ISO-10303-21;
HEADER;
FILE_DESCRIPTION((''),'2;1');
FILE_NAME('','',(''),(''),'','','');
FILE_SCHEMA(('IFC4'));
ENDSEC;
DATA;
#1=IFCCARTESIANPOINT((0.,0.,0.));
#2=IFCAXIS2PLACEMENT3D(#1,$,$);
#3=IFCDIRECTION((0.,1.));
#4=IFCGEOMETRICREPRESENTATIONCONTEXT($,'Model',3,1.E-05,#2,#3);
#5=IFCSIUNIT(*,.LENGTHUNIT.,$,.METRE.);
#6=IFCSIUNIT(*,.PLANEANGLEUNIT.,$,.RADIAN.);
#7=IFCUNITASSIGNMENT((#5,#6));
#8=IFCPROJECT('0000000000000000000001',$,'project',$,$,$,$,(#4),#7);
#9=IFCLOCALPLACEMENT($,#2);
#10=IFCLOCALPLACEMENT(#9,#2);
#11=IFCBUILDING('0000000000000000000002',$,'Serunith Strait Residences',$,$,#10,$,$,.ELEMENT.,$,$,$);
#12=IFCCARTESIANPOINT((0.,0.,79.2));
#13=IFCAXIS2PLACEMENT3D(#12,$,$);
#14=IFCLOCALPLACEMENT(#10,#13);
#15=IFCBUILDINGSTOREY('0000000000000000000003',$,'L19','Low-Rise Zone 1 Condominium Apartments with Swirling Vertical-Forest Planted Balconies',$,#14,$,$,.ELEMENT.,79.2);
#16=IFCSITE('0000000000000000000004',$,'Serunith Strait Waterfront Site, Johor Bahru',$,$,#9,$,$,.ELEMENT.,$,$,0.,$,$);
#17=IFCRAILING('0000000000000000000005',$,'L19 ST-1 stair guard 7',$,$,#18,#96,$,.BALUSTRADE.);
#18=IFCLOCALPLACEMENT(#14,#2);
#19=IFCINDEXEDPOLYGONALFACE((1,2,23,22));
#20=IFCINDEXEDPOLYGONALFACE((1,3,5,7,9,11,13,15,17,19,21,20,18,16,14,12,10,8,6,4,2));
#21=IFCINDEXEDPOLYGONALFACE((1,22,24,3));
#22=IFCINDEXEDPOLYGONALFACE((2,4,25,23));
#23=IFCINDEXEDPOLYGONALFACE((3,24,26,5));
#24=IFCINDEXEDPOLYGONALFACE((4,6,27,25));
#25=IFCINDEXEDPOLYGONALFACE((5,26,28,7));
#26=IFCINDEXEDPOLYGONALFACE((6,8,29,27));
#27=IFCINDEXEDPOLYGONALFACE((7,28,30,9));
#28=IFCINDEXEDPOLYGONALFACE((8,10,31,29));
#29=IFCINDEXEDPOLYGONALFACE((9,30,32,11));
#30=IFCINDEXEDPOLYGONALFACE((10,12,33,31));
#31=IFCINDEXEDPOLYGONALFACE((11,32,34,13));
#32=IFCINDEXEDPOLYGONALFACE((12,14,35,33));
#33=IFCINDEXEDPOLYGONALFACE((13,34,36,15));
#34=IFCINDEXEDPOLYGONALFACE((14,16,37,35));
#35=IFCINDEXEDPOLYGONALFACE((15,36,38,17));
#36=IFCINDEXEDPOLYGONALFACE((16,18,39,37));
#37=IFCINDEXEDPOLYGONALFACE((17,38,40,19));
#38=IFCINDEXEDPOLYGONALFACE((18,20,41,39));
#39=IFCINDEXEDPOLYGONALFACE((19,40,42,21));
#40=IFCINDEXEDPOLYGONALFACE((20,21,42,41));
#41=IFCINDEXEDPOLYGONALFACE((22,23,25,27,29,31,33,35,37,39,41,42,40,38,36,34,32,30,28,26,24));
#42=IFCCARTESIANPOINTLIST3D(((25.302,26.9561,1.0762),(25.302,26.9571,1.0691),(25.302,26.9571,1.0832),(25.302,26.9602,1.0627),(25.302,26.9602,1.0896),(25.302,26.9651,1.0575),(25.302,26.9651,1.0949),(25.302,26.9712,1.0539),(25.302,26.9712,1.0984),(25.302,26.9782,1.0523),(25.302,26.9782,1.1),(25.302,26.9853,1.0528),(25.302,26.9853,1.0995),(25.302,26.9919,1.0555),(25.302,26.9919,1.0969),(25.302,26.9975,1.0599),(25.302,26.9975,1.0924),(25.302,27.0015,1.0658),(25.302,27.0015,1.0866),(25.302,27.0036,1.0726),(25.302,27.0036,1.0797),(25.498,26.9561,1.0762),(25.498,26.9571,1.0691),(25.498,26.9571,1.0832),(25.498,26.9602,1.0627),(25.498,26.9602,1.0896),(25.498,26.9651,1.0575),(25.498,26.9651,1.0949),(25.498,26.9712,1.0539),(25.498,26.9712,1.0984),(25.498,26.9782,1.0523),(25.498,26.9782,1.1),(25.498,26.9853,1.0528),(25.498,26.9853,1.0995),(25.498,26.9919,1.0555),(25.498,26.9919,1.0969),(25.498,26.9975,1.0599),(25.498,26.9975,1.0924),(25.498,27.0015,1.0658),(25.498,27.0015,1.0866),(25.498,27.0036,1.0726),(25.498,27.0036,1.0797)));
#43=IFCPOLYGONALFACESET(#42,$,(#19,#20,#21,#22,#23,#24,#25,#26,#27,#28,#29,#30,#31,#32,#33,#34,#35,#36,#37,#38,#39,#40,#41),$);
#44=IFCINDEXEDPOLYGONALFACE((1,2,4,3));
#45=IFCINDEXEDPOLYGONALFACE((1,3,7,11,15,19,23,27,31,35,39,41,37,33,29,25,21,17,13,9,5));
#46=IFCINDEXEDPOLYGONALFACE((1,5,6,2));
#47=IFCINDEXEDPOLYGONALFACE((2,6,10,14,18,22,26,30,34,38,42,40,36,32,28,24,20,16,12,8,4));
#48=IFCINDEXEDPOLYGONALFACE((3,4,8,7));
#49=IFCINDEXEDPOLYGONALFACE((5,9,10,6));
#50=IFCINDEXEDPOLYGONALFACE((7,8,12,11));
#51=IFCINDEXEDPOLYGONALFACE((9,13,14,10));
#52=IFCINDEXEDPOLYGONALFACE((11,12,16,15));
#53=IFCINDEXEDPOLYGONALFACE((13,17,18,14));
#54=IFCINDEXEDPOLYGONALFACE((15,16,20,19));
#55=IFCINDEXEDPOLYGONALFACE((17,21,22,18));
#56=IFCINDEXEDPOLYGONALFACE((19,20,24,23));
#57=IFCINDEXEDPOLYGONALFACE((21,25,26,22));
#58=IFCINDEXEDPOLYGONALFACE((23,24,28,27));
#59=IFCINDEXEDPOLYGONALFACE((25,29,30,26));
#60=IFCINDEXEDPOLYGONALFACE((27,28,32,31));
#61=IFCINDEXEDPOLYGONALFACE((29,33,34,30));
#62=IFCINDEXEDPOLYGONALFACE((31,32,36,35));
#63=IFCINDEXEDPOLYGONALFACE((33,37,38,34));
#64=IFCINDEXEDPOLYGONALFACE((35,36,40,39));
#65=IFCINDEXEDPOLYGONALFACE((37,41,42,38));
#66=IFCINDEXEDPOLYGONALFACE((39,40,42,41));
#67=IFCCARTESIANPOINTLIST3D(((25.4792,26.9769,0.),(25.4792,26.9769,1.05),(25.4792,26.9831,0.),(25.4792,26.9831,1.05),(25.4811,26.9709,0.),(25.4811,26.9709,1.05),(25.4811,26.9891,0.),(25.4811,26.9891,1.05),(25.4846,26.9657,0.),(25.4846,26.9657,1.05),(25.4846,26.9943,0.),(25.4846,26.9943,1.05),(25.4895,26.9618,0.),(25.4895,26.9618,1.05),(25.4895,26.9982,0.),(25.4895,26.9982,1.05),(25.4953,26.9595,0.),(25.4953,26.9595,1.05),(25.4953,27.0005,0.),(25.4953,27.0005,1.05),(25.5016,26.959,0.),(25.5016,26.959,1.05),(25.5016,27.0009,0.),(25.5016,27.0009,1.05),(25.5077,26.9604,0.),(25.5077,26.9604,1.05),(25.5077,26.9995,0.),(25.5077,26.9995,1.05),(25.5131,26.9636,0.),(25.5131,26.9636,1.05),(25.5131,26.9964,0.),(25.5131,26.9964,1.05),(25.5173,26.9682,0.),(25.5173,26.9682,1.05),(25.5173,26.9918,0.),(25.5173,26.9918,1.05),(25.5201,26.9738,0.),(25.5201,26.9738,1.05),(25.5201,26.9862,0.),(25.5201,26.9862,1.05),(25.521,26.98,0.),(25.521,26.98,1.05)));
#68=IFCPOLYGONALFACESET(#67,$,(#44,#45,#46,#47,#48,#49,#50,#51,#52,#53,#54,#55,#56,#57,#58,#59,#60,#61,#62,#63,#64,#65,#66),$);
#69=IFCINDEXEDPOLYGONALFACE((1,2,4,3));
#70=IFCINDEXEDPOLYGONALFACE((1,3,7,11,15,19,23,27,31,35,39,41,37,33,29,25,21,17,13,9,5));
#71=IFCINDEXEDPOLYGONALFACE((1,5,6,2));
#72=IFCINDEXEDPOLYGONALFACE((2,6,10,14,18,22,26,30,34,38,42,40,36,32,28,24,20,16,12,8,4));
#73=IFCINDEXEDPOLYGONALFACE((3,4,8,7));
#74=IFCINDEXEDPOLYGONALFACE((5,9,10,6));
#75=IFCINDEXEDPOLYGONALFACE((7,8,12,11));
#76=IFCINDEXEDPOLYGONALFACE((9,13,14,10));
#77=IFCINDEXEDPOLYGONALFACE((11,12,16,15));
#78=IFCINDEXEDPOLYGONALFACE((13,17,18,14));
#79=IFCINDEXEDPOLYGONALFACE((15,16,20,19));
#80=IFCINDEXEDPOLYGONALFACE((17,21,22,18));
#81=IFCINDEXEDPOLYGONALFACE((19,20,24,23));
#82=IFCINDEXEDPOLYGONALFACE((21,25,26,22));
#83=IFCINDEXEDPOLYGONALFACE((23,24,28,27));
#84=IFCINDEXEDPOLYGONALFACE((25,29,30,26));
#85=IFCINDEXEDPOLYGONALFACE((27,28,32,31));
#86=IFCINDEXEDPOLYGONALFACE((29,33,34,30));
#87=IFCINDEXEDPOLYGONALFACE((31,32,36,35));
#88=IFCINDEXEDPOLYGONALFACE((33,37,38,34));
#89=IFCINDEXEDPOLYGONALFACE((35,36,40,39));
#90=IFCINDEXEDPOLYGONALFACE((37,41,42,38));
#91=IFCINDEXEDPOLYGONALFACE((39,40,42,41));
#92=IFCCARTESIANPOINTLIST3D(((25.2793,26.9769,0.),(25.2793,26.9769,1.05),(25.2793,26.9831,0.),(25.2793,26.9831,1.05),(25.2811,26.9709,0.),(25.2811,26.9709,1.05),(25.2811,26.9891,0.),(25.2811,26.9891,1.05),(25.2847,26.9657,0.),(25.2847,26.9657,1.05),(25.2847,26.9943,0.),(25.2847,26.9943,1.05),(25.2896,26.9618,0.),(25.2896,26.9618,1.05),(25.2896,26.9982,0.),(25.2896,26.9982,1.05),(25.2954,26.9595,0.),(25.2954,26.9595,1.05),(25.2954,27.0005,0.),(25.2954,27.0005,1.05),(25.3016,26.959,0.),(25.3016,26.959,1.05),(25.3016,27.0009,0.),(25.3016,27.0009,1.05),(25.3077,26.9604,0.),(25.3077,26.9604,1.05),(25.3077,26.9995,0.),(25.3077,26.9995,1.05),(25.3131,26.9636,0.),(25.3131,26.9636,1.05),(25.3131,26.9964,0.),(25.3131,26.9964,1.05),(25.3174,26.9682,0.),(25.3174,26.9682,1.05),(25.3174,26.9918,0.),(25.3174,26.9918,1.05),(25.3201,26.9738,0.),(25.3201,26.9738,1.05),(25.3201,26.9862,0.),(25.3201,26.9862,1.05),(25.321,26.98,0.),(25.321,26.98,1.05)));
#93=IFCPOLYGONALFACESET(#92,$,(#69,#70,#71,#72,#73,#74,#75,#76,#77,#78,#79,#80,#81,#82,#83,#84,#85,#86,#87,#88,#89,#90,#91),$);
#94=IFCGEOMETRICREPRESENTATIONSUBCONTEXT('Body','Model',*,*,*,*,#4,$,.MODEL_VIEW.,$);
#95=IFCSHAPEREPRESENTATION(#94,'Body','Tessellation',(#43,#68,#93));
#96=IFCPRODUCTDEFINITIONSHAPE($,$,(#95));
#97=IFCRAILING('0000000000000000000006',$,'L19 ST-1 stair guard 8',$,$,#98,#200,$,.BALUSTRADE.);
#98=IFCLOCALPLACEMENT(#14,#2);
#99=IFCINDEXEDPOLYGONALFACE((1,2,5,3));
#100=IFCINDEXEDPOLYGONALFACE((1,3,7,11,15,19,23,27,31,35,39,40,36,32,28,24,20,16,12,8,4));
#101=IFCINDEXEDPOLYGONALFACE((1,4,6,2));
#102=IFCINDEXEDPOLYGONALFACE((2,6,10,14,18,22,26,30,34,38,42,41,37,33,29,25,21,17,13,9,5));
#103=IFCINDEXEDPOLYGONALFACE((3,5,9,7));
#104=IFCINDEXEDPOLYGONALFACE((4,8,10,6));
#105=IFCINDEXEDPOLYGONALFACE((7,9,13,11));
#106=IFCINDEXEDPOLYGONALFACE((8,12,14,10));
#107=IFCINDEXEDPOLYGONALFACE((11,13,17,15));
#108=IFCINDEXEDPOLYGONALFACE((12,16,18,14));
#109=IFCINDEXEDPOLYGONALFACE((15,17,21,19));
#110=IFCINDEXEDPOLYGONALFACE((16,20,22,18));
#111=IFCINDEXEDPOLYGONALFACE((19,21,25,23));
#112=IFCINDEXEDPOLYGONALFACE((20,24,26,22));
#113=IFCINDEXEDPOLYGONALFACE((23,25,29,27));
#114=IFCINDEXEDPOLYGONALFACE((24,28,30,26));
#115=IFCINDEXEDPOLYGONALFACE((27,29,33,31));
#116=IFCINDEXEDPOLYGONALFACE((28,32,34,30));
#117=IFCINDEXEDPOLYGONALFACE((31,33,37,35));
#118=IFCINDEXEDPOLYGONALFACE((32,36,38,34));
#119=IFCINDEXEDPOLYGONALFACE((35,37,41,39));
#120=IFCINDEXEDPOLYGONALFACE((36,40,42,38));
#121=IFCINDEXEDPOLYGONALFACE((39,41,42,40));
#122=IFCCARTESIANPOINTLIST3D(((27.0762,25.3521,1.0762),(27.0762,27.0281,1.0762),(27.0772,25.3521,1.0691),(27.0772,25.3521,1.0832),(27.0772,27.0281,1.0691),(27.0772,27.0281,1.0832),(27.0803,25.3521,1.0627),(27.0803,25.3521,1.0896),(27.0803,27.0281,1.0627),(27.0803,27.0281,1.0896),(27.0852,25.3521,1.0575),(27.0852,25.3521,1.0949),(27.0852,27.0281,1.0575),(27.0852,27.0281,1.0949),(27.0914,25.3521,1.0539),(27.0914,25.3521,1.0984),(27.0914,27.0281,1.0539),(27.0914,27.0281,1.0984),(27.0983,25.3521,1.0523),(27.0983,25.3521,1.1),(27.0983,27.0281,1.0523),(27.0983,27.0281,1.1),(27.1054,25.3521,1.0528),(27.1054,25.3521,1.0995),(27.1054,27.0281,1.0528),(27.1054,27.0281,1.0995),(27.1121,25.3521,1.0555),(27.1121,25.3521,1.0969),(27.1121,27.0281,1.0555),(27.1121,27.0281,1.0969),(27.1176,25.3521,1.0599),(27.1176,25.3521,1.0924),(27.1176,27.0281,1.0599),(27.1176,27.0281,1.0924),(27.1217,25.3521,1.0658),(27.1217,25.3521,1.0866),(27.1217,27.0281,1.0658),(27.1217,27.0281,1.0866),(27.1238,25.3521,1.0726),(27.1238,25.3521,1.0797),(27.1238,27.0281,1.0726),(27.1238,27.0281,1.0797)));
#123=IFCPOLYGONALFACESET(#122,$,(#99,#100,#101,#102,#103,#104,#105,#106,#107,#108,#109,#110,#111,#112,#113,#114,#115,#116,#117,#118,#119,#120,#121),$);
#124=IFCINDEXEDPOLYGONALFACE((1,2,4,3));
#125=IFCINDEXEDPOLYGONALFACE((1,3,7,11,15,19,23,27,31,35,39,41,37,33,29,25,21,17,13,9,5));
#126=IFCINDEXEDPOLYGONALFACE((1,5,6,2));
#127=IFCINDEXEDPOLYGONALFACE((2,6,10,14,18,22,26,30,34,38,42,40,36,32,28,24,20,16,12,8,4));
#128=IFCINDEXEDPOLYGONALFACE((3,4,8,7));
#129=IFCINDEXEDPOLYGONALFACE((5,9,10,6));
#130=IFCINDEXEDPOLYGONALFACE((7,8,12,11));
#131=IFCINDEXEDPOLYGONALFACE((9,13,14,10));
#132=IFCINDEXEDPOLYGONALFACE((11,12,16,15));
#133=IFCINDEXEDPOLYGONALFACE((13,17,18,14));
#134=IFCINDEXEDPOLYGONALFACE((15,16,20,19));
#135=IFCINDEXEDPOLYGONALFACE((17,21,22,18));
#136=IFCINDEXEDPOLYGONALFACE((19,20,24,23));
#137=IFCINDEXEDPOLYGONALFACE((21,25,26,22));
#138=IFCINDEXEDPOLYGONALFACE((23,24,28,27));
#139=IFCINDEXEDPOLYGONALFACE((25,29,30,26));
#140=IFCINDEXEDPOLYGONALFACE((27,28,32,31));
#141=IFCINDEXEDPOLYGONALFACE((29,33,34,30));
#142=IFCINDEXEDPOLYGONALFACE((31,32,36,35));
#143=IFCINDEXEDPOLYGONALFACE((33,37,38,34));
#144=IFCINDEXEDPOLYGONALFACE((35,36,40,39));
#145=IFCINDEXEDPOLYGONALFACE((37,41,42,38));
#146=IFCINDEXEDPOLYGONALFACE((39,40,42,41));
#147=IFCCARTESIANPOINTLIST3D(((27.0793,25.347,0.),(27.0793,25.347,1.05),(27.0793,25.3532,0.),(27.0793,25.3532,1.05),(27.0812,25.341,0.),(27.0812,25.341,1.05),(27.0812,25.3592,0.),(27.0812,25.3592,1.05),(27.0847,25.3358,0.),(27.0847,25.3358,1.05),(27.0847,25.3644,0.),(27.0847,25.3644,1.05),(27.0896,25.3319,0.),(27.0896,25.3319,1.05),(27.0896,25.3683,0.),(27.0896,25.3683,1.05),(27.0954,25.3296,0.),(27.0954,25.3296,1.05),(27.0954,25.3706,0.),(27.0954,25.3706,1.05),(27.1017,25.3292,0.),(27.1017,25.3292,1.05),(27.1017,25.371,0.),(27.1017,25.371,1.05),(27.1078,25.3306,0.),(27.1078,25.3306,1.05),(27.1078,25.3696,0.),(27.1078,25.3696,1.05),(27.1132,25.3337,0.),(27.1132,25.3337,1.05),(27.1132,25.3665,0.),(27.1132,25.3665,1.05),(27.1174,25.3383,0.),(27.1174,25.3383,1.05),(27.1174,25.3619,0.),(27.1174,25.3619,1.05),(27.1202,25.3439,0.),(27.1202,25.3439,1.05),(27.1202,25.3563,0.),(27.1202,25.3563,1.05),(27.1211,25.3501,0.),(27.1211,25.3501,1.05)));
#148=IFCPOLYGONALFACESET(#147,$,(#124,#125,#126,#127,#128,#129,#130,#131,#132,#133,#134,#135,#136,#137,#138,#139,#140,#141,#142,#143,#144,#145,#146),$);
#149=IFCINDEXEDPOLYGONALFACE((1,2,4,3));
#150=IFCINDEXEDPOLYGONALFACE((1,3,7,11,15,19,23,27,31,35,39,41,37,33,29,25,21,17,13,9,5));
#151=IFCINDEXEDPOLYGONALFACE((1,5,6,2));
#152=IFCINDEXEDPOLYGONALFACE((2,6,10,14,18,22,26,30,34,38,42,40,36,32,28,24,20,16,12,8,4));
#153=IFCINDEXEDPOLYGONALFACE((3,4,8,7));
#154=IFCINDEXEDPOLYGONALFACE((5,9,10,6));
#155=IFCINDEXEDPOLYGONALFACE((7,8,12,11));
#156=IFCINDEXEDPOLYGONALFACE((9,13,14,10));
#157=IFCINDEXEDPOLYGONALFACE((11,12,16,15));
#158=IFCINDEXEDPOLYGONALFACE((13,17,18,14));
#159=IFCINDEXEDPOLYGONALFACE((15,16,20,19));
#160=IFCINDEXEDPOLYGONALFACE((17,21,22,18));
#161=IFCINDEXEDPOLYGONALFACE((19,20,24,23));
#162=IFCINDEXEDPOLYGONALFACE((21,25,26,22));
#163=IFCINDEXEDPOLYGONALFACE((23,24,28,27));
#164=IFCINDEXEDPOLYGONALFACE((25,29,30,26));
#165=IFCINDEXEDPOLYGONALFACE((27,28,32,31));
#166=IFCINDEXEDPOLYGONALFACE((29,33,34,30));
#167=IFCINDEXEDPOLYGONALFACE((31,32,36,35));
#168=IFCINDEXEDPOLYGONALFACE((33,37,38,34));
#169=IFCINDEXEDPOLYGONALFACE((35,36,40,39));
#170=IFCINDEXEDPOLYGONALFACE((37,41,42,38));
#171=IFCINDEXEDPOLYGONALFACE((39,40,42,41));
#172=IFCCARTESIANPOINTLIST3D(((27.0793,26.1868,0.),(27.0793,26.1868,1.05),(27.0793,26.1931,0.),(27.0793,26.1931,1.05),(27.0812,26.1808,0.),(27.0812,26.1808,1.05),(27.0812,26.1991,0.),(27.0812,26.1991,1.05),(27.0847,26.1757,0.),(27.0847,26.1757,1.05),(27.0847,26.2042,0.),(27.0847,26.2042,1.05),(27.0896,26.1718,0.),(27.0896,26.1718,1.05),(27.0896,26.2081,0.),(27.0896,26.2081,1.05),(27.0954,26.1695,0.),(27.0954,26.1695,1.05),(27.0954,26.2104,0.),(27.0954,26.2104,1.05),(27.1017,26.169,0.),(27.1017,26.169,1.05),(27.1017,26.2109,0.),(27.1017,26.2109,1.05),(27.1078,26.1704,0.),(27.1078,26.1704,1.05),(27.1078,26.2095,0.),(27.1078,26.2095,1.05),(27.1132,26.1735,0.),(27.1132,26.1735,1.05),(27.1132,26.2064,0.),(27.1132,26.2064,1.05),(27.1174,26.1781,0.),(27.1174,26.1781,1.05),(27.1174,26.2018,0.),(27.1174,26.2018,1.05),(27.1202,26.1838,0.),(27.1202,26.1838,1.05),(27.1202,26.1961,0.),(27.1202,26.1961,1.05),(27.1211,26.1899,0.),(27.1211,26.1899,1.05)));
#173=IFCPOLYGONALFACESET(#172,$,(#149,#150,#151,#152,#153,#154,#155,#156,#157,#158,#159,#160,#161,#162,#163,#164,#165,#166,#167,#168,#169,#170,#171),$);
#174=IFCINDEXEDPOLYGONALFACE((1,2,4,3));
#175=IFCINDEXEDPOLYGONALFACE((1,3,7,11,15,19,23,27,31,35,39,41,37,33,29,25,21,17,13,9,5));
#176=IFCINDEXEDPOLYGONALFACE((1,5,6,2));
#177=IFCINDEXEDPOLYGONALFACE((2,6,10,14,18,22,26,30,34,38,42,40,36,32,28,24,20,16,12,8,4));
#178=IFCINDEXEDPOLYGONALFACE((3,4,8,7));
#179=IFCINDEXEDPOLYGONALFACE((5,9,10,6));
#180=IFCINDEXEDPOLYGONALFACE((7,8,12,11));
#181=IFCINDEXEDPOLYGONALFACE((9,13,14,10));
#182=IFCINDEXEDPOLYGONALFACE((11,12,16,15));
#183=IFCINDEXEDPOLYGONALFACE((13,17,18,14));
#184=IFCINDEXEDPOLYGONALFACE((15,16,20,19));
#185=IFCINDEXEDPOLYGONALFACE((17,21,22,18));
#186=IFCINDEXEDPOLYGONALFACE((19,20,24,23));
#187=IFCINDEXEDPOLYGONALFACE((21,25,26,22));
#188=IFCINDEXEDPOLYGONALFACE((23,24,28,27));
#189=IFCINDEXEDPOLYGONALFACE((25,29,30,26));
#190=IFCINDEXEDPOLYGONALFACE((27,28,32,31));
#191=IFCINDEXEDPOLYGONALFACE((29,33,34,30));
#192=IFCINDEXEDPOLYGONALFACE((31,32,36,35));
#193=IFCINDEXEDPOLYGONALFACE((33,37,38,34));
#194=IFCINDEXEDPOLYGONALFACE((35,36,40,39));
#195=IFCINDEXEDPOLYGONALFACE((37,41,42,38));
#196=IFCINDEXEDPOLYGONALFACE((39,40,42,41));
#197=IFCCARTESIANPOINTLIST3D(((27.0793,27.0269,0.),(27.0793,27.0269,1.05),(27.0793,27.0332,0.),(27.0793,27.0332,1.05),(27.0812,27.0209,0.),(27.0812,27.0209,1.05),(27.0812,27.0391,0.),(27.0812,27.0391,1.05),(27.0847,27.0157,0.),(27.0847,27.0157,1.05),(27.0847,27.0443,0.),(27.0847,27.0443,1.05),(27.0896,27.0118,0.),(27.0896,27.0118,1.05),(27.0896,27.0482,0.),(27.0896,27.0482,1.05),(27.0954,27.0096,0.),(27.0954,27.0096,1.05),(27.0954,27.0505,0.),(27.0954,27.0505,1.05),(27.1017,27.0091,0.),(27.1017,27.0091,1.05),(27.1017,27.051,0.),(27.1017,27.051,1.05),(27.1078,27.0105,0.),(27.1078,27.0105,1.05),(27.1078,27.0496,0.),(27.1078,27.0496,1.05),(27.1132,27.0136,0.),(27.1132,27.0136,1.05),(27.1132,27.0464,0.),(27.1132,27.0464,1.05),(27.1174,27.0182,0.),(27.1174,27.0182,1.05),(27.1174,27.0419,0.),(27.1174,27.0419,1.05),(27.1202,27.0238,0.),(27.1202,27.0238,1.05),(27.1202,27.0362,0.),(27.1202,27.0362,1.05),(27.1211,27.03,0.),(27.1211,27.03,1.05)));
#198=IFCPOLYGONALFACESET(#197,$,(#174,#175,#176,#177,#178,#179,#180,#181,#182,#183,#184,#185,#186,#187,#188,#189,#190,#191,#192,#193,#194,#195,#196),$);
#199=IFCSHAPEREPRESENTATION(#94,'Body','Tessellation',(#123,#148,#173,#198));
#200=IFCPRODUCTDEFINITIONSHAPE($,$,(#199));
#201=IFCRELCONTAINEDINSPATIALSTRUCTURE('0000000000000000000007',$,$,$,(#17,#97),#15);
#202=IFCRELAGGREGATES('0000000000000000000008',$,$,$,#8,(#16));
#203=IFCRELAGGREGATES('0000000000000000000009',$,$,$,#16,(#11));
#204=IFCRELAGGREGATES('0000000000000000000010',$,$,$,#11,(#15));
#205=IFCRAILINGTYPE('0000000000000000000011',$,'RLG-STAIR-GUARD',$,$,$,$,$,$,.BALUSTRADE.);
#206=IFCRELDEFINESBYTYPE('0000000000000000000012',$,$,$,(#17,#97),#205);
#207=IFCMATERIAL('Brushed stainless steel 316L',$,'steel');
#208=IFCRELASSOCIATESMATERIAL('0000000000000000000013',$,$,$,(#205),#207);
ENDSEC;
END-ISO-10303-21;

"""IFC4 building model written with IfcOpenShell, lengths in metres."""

from ifc_helpers import new_model, si_unit, direction, frame, origin, origin_2d, place, context, subcontext, project, spatial, circle, extrude, material, type_object, element, save


model = new_model("IFC4")

# Units and contexts
model_context = context("Model", 3, precision=1e-05, world=origin(), true_north=direction((0.0, 1.0)))
body_context = subcontext(model_context, "Body", "Model", "MODEL_VIEW")
ifc_project = project(units=[si_unit("LENGTHUNIT", "METRE"), si_unit("PLANEANGLEUNIT", "RADIAN")], contexts=[model_context])

# Site, building, storey
site_placement = place(None, origin())
site = spatial("IfcSite", under=ifc_project, at=site_placement, Name="Serunith Strait Waterfront Site, Johor Bahru", CompositionType="ELEMENT", RefElevation=0.0)
building_placement = place(site_placement, origin())
building = spatial("IfcBuilding", under=site, at=building_placement, Name="Serunith Strait Residences", CompositionType="ELEMENT")
storey_placement = place(building_placement, frame((0.0, 0.0, 79.2)))
storey = spatial("IfcBuildingStorey", under=building, at=storey_placement, Name="L19", Description="Low-Rise Zone 1 Condominium Apartments with Swirling Vertical-Forest Planted Balconies", CompositionType="ELEMENT", Elevation=79.2)

# Railings
ifc_material_1 = material(Name="Brushed stainless steel 316L", Category="steel")
railing_type_1 = type_object("IfcRailingType", Name="RLG-STAIR-GUARD", PredefinedType="BALUSTRADE", material=ifc_material_1)
railing_1_placement = place(storey_placement, frame((25.5, 26.98, 0.0)))
element("IfcRailing", 1, at=railing_1_placement, inside=storey, type_object=railing_type_1, Name="L19 ST-1 stair guard 7", PredefinedType="BALUSTRADE", context=body_context, shape_type="SweptSolid", body=[
    extrude(circle(Radius=0.0239, at=origin_2d()), frame((-0.002, 0.0, 1.0762), z_axis=(-1.0, 0.0, 0.0), x_axis=(0.0, -1.0, 0.0)), (0.0, 0.0, 1.0), 0.196),
    extrude(circle(Radius=0.021, at=origin_2d()), origin(), (0.0, 0.0, 1.0), 1.05),
    extrude(circle(Radius=0.021, at=origin_2d()), frame((-0.2, 0.0, 0.0)), (0.0, 0.0, 1.0), 1.05),
])
for number, where, name in (
    (2, (27.1001, 25.3501, 0.0), "L19 ST-1 stair guard 8"),
):
    element("IfcRailing", number, at=place(storey_placement, frame(where)), inside=storey, type_object=railing_type_1, Name=name, PredefinedType="BALUSTRADE", context=body_context, shape_type="SweptSolid", body=[
        extrude(circle(Radius=0.0239, at=origin_2d()), frame((0.0, 0.002, 1.0762), z_axis=(0.0, 1.0, 0.0), x_axis=(-1.0, 0.0, 0.0)), (0.0, 0.0, 1.0), 1.676),
        extrude(circle(Radius=0.021, at=origin_2d()), origin(), (0.0, 0.0, 1.0), 1.05),
        extrude(circle(Radius=0.021, at=origin_2d()), frame((0.0, 0.8398, 0.0)), (0.0, 0.0, 1.0), 1.05),
        extrude(circle(Radius=0.021, at=origin_2d()), frame((0.0, 1.6799, 0.0)), (0.0, 0.0, 1.0), 1.05),
    ])

save(model, "model.ifc")
